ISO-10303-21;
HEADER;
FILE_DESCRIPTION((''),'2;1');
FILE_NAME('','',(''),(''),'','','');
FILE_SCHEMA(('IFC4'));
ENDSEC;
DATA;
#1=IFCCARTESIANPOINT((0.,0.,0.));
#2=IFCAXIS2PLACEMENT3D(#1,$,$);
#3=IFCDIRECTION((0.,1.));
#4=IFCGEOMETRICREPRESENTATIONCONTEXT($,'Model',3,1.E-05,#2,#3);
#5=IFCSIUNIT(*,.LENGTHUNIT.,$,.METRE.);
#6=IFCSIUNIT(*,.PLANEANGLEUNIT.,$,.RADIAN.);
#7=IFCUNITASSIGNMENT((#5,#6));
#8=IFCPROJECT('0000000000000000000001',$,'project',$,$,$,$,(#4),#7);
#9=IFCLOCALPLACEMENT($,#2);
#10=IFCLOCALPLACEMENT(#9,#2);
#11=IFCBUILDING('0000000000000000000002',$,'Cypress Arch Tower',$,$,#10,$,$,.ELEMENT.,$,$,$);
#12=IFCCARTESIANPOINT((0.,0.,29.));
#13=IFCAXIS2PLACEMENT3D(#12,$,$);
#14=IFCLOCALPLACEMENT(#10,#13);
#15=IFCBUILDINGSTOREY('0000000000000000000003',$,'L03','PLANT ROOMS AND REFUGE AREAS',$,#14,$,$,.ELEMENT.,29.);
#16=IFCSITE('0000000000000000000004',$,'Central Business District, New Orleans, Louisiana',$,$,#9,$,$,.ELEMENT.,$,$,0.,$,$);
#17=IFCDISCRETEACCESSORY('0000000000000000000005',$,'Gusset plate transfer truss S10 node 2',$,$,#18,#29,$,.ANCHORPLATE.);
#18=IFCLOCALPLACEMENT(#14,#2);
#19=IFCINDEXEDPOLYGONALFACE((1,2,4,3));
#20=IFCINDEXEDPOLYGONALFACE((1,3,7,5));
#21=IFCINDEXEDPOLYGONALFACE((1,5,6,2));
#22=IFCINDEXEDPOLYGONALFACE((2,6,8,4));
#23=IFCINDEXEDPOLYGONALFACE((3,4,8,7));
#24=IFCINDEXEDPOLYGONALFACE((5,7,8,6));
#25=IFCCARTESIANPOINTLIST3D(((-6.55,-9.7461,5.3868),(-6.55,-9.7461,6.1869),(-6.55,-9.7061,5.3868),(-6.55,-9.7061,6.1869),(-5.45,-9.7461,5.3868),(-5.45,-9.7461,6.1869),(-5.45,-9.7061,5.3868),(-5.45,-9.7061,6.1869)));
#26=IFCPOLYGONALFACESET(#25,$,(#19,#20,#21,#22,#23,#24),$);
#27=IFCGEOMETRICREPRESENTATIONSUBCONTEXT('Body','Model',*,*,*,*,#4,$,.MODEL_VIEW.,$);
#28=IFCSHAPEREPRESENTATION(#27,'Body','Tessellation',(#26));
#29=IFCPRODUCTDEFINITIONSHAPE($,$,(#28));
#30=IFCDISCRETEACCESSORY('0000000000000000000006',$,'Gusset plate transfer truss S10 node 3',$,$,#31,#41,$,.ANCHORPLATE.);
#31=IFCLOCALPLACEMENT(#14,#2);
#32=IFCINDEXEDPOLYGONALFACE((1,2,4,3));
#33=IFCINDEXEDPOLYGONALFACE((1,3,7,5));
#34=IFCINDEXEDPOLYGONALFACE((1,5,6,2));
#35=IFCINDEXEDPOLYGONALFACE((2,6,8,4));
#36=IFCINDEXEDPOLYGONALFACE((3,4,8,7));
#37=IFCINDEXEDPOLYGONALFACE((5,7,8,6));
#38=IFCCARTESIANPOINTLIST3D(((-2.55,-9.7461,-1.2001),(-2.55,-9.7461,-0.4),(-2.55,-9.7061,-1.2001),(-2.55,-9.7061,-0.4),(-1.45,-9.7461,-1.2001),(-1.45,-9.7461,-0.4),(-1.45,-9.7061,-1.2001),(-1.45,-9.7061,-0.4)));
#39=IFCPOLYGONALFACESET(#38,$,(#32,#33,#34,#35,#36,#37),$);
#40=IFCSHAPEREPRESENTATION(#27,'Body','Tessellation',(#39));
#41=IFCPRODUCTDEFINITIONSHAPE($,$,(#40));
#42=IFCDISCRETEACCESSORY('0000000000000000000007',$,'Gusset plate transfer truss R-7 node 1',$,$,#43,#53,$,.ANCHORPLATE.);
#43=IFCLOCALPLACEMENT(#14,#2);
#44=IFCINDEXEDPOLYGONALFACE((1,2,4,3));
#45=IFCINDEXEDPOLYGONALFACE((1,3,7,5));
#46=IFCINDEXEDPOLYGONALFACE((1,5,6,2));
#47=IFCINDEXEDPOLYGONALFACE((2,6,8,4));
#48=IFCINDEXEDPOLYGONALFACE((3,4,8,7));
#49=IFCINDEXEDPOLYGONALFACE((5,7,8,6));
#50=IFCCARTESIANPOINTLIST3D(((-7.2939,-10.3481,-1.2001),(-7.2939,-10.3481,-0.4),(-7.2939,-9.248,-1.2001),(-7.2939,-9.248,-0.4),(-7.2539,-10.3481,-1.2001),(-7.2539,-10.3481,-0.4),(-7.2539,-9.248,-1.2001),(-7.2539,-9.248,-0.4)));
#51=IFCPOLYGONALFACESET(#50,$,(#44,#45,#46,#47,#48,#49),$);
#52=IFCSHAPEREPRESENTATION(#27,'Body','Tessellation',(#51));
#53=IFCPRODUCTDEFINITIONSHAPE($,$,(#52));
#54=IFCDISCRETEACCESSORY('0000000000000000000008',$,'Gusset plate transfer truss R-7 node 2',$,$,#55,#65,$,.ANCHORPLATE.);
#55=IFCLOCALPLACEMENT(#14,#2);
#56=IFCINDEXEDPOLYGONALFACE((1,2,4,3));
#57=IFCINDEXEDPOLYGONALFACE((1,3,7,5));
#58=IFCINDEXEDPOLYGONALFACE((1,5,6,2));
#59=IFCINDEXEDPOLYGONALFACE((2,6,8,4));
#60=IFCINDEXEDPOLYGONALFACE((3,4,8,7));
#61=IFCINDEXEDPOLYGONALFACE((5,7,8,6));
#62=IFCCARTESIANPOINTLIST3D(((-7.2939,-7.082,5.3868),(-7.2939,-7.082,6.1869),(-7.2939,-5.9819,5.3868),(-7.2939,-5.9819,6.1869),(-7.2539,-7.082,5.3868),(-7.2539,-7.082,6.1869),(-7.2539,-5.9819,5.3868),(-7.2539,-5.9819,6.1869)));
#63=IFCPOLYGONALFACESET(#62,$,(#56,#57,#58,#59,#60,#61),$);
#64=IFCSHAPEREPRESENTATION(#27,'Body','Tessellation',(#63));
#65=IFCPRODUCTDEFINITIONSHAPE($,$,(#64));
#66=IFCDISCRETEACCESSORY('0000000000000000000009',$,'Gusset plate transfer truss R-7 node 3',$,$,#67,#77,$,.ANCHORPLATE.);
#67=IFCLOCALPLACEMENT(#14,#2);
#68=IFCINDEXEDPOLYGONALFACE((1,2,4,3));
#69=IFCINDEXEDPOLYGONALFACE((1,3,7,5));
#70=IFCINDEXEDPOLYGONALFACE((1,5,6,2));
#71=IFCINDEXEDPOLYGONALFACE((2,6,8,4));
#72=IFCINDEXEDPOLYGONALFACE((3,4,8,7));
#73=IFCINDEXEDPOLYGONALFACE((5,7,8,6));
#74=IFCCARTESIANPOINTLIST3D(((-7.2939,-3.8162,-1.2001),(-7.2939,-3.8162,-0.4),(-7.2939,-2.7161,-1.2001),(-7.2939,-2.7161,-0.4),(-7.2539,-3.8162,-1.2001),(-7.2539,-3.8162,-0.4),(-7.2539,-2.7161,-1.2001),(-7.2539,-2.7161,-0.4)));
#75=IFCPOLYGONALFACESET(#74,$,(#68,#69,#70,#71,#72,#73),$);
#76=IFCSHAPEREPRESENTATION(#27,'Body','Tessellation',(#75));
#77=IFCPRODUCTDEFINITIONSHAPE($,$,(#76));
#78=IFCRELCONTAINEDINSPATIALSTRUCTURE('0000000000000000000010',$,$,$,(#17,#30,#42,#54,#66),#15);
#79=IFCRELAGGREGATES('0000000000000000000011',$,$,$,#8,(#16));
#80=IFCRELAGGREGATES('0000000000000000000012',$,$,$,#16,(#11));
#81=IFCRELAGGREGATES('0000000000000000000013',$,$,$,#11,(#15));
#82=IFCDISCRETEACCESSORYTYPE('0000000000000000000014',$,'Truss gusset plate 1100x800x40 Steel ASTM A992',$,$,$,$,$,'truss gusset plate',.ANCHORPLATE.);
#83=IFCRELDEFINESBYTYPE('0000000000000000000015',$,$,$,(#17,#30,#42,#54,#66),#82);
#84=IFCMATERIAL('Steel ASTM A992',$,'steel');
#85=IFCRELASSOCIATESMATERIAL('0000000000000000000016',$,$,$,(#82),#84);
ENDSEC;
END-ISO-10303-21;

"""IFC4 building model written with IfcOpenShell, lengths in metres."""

from ifc_helpers import new_model, si_unit, direction, frame, origin, origin_2d, place, context, subcontext, project, spatial, rectangle, extrude, material, material_profile, profile_set, type_object, element, save


model = new_model("IFC4")

# Units and contexts
model_context = context("Model", 3, precision=1e-05, world=origin(), true_north=direction((0.0, 1.0)))
body_context = subcontext(model_context, "Body", "Model", "MODEL_VIEW")
ifc_project = project(units=[si_unit("LENGTHUNIT", "METRE"), si_unit("PLANEANGLEUNIT", "RADIAN")], contexts=[model_context])

# Site, building, storey
site_placement = place(None, origin())
site = spatial("IfcSite", under=ifc_project, at=site_placement, Name="Central Business District, New Orleans, Louisiana", CompositionType="ELEMENT", RefElevation=0.0)
building_placement = place(site_placement, origin())
building = spatial("IfcBuilding", under=site, at=building_placement, Name="Cypress Arch Tower", CompositionType="ELEMENT")
storey_placement = place(building_placement, frame((0.0, 0.0, 29.0)))
storey = spatial("IfcBuildingStorey", under=building, at=storey_placement, Name="L03", Description="PLANT ROOMS AND REFUGE AREAS", CompositionType="ELEMENT", Elevation=29.0)

# Discrete accessories
ifc_material_1 = material(Name="Steel ASTM A992", Category="steel")
ifc_material_profile_1 = material_profile(ifc_material_1, rectangle(XDim=1.1001, YDim=0.8, at=origin_2d()), Name="PL 40 1100x800")
ifc_profile_set_1 = profile_set([ifc_material_profile_1], Name="Steel ASTM A992")
discrete_accessory_type_1 = type_object("IfcDiscreteAccessoryType", Name="Truss gusset plate 1100x800x40 Steel ASTM A992", ElementType="truss gusset plate", PredefinedType="ANCHORPLATE", material=ifc_profile_set_1)
for number, where, z_axis, x_axis, name in (
    (1, (-6.0, -9.7461, 5.7869), (0.0, 1.0, 0.0), (-1.0, 0.0, 0.0), "Gusset plate transfer truss S10 node 2"),
    (2, (-2.0, -9.7461, -0.8), (0.0, 1.0, 0.0), (-1.0, 0.0, 0.0), "Gusset plate transfer truss S10 node 3"),
    (3, (-7.2539, -9.7981, -0.8), (-1.0, 0.0, 0.0), (0.0, -1.0, 0.0), "Gusset plate transfer truss R-7 node 1"),
    (4, (-7.2539, -6.532, 5.7869), (-1.0, 0.0, 0.0), (0.0, -1.0, 0.0), "Gusset plate transfer truss R-7 node 2"),
    (5, (-7.2539, -3.2661, -0.8), (-1.0, 0.0, 0.0), (0.0, -1.0, 0.0), "Gusset plate transfer truss R-7 node 3"),
):
    element("IfcDiscreteAccessory", number, at=place(storey_placement, frame(where, z_axis=z_axis, x_axis=x_axis)), inside=storey, type_object=discrete_accessory_type_1, Name=name, PredefinedType="ANCHORPLATE", context=body_context, shape_type="SweptSolid", body=[
        extrude(rectangle(XDim=1.1001, YDim=0.8, at=origin_2d()), origin(), (0.0, 0.0, 1.0), 0.04),
    ])

save(model, "model.ifc")
